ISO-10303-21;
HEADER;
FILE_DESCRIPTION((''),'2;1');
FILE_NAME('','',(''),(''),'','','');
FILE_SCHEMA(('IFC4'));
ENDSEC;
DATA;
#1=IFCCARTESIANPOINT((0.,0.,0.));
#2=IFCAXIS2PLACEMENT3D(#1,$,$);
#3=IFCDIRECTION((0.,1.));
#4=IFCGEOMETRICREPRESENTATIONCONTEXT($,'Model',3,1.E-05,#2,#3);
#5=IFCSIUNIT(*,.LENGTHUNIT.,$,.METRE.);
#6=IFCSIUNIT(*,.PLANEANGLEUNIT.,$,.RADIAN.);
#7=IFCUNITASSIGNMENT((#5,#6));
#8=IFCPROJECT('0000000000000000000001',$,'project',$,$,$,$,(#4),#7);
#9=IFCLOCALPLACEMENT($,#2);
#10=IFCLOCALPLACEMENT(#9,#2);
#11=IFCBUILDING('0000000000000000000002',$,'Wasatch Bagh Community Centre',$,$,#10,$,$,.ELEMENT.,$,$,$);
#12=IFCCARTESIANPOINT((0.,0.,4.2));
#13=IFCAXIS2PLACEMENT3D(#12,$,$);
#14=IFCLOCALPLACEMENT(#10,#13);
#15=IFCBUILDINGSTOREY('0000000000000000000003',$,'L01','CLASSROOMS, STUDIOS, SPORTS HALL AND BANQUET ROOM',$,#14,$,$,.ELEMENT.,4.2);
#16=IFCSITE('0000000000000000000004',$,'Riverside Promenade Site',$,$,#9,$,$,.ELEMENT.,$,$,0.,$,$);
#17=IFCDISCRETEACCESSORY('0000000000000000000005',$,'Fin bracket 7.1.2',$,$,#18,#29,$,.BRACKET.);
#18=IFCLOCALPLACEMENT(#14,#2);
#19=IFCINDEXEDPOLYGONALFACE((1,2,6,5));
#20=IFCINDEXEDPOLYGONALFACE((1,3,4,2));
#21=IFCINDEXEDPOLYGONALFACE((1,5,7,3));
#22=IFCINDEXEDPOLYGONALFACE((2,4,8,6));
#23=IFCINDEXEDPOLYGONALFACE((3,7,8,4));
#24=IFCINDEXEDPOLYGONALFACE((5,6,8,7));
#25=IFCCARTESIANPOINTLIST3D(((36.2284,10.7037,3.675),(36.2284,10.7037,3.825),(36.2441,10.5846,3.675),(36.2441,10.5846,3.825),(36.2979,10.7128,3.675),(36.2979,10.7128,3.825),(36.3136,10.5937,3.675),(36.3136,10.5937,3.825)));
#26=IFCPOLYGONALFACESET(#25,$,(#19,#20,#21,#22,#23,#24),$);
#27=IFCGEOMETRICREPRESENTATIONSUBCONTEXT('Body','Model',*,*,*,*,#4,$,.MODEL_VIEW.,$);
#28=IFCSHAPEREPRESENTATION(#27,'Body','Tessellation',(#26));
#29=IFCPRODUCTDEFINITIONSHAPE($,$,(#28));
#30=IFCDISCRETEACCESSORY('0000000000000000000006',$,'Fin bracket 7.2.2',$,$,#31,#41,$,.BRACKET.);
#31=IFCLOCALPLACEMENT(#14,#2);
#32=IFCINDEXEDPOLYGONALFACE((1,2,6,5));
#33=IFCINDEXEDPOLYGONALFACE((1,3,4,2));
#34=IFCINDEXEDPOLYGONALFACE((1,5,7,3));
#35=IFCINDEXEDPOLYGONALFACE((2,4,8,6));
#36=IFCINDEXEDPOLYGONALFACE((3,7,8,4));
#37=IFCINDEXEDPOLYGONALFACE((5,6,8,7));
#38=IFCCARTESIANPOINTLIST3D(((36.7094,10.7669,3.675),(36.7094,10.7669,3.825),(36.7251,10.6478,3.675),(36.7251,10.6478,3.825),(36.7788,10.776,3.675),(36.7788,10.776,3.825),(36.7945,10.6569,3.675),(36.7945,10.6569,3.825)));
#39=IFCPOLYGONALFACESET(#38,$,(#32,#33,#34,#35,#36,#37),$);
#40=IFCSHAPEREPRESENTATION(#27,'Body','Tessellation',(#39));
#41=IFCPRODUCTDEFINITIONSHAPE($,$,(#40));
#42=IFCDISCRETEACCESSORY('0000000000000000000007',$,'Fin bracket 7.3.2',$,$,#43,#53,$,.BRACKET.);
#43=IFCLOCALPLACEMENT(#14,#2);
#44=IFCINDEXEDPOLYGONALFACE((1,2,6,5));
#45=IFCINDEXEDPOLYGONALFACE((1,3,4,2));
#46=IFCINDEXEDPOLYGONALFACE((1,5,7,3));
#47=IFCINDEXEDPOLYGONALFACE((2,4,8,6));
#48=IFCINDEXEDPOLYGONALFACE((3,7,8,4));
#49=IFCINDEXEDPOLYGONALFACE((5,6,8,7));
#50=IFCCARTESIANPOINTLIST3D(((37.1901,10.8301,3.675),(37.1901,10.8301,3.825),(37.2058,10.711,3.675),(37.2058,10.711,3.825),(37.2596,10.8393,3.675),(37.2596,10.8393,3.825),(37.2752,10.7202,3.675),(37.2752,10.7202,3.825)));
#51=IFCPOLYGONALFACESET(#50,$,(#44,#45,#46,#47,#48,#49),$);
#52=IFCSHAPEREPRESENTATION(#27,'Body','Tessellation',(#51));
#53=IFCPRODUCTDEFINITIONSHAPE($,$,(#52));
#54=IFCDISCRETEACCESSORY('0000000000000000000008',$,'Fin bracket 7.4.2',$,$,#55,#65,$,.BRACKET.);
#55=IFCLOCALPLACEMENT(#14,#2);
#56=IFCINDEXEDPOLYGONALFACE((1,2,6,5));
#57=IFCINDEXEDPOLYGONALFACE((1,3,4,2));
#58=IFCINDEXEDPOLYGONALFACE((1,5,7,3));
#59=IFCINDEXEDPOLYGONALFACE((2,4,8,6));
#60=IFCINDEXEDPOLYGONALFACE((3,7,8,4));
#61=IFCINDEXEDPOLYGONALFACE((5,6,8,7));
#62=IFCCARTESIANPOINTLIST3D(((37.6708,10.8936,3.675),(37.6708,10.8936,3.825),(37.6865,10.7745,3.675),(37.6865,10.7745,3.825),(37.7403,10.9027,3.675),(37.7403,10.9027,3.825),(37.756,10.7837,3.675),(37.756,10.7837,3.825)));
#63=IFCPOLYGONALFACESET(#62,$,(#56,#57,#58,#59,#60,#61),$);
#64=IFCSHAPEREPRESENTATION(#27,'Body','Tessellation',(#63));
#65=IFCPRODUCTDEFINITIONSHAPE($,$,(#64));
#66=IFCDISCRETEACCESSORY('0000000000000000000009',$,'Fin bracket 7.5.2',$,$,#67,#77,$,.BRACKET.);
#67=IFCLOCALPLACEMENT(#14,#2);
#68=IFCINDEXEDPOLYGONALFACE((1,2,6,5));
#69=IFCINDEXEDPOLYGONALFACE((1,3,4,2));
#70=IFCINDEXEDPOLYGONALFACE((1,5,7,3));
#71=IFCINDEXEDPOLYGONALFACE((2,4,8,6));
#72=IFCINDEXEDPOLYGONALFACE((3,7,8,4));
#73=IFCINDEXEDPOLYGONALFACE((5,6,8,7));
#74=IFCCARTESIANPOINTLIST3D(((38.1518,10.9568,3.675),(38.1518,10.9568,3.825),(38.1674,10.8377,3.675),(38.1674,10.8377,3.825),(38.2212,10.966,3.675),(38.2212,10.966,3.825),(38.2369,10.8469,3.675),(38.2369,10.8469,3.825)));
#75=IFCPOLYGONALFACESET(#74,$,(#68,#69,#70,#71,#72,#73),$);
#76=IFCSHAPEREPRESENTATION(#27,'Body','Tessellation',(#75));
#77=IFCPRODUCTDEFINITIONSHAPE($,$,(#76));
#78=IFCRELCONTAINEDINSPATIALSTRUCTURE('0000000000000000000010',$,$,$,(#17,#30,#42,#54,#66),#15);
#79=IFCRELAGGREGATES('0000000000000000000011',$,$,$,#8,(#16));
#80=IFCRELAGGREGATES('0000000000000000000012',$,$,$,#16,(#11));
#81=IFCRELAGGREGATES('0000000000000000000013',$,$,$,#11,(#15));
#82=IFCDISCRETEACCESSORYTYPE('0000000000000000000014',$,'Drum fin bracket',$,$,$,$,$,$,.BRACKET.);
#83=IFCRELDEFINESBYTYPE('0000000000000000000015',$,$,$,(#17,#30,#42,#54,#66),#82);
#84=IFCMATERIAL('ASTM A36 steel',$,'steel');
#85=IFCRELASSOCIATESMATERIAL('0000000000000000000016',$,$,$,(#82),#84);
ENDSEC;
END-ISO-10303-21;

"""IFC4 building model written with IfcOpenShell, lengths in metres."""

from ifc_helpers import new_model, si_unit, direction, frame, origin, origin_2d, place, context, subcontext, project, spatial, rectangle, extrude, material, type_object, element, save


model = new_model("IFC4")

# Units and contexts
model_context = context("Model", 3, precision=1e-05, world=origin(), true_north=direction((0.0, 1.0)))
body_context = subcontext(model_context, "Body", "Model", "MODEL_VIEW")
ifc_project = project(units=[si_unit("LENGTHUNIT", "METRE"), si_unit("PLANEANGLEUNIT", "RADIAN")], contexts=[model_context])

# Site, building, storey
site_placement = place(None, origin())
site = spatial("IfcSite", under=ifc_project, at=site_placement, Name="Riverside Promenade Site", CompositionType="ELEMENT", RefElevation=0.0)
building_placement = place(site_placement, origin())
building = spatial("IfcBuilding", under=site, at=building_placement, Name="Wasatch Bagh Community Centre", CompositionType="ELEMENT")
storey_placement = place(building_placement, frame((0.0, 0.0, 4.2)))
storey = spatial("IfcBuildingStorey", under=building, at=storey_placement, Name="L01", Description="CLASSROOMS, STUDIOS, SPORTS HALL AND BANQUET ROOM", CompositionType="ELEMENT", Elevation=4.2)

# Discrete accessories
ifc_material_1 = material(Name="ASTM A36 steel", Category="steel")
discrete_accessory_type = type_object("IfcDiscreteAccessoryType", Name="Drum fin bracket", PredefinedType="BRACKET", material=ifc_material_1)
for number, where, z_axis, x_axis, name in (
    (1, (36.271, 10.6487, 3.675), (0.0, 0.0, 1.0), (0.991445, 0.130526, 0.0), "Fin bracket 7.1.2"),
    (2, (36.752, 10.7119, 3.675), (0.0, 0.0, 1.0), (0.991445, 0.130526, 0.0), "Fin bracket 7.2.2"),
    (3, (37.2327, 10.7751, 3.675), (0.0, 0.0, 1.0), (0.991445, 0.130526, 0.0), "Fin bracket 7.3.2"),
    (4, (37.7134, 10.8386, 3.675), (0.0, 0.0, 1.0), (0.991445, 0.130526, 0.0), "Fin bracket 7.4.2"),
    (5, (38.1943, 10.9019, 3.675), (0.0, 0.0, 1.0), (0.991445, 0.130526, 0.0), "Fin bracket 7.5.2"),
):
    element("IfcDiscreteAccessory", number, at=place(storey_placement, frame(where, z_axis=z_axis, x_axis=x_axis)), inside=storey, type_object=discrete_accessory_type, Name=name, PredefinedType="BRACKET", context=body_context, shape_type="SweptSolid", body=[
        extrude(rectangle(XDim=0.0701, YDim=0.1201, at=origin_2d()), origin(), (0.0, 0.0, 1.0), 0.1499),
    ])

save(model, "model.ifc")
